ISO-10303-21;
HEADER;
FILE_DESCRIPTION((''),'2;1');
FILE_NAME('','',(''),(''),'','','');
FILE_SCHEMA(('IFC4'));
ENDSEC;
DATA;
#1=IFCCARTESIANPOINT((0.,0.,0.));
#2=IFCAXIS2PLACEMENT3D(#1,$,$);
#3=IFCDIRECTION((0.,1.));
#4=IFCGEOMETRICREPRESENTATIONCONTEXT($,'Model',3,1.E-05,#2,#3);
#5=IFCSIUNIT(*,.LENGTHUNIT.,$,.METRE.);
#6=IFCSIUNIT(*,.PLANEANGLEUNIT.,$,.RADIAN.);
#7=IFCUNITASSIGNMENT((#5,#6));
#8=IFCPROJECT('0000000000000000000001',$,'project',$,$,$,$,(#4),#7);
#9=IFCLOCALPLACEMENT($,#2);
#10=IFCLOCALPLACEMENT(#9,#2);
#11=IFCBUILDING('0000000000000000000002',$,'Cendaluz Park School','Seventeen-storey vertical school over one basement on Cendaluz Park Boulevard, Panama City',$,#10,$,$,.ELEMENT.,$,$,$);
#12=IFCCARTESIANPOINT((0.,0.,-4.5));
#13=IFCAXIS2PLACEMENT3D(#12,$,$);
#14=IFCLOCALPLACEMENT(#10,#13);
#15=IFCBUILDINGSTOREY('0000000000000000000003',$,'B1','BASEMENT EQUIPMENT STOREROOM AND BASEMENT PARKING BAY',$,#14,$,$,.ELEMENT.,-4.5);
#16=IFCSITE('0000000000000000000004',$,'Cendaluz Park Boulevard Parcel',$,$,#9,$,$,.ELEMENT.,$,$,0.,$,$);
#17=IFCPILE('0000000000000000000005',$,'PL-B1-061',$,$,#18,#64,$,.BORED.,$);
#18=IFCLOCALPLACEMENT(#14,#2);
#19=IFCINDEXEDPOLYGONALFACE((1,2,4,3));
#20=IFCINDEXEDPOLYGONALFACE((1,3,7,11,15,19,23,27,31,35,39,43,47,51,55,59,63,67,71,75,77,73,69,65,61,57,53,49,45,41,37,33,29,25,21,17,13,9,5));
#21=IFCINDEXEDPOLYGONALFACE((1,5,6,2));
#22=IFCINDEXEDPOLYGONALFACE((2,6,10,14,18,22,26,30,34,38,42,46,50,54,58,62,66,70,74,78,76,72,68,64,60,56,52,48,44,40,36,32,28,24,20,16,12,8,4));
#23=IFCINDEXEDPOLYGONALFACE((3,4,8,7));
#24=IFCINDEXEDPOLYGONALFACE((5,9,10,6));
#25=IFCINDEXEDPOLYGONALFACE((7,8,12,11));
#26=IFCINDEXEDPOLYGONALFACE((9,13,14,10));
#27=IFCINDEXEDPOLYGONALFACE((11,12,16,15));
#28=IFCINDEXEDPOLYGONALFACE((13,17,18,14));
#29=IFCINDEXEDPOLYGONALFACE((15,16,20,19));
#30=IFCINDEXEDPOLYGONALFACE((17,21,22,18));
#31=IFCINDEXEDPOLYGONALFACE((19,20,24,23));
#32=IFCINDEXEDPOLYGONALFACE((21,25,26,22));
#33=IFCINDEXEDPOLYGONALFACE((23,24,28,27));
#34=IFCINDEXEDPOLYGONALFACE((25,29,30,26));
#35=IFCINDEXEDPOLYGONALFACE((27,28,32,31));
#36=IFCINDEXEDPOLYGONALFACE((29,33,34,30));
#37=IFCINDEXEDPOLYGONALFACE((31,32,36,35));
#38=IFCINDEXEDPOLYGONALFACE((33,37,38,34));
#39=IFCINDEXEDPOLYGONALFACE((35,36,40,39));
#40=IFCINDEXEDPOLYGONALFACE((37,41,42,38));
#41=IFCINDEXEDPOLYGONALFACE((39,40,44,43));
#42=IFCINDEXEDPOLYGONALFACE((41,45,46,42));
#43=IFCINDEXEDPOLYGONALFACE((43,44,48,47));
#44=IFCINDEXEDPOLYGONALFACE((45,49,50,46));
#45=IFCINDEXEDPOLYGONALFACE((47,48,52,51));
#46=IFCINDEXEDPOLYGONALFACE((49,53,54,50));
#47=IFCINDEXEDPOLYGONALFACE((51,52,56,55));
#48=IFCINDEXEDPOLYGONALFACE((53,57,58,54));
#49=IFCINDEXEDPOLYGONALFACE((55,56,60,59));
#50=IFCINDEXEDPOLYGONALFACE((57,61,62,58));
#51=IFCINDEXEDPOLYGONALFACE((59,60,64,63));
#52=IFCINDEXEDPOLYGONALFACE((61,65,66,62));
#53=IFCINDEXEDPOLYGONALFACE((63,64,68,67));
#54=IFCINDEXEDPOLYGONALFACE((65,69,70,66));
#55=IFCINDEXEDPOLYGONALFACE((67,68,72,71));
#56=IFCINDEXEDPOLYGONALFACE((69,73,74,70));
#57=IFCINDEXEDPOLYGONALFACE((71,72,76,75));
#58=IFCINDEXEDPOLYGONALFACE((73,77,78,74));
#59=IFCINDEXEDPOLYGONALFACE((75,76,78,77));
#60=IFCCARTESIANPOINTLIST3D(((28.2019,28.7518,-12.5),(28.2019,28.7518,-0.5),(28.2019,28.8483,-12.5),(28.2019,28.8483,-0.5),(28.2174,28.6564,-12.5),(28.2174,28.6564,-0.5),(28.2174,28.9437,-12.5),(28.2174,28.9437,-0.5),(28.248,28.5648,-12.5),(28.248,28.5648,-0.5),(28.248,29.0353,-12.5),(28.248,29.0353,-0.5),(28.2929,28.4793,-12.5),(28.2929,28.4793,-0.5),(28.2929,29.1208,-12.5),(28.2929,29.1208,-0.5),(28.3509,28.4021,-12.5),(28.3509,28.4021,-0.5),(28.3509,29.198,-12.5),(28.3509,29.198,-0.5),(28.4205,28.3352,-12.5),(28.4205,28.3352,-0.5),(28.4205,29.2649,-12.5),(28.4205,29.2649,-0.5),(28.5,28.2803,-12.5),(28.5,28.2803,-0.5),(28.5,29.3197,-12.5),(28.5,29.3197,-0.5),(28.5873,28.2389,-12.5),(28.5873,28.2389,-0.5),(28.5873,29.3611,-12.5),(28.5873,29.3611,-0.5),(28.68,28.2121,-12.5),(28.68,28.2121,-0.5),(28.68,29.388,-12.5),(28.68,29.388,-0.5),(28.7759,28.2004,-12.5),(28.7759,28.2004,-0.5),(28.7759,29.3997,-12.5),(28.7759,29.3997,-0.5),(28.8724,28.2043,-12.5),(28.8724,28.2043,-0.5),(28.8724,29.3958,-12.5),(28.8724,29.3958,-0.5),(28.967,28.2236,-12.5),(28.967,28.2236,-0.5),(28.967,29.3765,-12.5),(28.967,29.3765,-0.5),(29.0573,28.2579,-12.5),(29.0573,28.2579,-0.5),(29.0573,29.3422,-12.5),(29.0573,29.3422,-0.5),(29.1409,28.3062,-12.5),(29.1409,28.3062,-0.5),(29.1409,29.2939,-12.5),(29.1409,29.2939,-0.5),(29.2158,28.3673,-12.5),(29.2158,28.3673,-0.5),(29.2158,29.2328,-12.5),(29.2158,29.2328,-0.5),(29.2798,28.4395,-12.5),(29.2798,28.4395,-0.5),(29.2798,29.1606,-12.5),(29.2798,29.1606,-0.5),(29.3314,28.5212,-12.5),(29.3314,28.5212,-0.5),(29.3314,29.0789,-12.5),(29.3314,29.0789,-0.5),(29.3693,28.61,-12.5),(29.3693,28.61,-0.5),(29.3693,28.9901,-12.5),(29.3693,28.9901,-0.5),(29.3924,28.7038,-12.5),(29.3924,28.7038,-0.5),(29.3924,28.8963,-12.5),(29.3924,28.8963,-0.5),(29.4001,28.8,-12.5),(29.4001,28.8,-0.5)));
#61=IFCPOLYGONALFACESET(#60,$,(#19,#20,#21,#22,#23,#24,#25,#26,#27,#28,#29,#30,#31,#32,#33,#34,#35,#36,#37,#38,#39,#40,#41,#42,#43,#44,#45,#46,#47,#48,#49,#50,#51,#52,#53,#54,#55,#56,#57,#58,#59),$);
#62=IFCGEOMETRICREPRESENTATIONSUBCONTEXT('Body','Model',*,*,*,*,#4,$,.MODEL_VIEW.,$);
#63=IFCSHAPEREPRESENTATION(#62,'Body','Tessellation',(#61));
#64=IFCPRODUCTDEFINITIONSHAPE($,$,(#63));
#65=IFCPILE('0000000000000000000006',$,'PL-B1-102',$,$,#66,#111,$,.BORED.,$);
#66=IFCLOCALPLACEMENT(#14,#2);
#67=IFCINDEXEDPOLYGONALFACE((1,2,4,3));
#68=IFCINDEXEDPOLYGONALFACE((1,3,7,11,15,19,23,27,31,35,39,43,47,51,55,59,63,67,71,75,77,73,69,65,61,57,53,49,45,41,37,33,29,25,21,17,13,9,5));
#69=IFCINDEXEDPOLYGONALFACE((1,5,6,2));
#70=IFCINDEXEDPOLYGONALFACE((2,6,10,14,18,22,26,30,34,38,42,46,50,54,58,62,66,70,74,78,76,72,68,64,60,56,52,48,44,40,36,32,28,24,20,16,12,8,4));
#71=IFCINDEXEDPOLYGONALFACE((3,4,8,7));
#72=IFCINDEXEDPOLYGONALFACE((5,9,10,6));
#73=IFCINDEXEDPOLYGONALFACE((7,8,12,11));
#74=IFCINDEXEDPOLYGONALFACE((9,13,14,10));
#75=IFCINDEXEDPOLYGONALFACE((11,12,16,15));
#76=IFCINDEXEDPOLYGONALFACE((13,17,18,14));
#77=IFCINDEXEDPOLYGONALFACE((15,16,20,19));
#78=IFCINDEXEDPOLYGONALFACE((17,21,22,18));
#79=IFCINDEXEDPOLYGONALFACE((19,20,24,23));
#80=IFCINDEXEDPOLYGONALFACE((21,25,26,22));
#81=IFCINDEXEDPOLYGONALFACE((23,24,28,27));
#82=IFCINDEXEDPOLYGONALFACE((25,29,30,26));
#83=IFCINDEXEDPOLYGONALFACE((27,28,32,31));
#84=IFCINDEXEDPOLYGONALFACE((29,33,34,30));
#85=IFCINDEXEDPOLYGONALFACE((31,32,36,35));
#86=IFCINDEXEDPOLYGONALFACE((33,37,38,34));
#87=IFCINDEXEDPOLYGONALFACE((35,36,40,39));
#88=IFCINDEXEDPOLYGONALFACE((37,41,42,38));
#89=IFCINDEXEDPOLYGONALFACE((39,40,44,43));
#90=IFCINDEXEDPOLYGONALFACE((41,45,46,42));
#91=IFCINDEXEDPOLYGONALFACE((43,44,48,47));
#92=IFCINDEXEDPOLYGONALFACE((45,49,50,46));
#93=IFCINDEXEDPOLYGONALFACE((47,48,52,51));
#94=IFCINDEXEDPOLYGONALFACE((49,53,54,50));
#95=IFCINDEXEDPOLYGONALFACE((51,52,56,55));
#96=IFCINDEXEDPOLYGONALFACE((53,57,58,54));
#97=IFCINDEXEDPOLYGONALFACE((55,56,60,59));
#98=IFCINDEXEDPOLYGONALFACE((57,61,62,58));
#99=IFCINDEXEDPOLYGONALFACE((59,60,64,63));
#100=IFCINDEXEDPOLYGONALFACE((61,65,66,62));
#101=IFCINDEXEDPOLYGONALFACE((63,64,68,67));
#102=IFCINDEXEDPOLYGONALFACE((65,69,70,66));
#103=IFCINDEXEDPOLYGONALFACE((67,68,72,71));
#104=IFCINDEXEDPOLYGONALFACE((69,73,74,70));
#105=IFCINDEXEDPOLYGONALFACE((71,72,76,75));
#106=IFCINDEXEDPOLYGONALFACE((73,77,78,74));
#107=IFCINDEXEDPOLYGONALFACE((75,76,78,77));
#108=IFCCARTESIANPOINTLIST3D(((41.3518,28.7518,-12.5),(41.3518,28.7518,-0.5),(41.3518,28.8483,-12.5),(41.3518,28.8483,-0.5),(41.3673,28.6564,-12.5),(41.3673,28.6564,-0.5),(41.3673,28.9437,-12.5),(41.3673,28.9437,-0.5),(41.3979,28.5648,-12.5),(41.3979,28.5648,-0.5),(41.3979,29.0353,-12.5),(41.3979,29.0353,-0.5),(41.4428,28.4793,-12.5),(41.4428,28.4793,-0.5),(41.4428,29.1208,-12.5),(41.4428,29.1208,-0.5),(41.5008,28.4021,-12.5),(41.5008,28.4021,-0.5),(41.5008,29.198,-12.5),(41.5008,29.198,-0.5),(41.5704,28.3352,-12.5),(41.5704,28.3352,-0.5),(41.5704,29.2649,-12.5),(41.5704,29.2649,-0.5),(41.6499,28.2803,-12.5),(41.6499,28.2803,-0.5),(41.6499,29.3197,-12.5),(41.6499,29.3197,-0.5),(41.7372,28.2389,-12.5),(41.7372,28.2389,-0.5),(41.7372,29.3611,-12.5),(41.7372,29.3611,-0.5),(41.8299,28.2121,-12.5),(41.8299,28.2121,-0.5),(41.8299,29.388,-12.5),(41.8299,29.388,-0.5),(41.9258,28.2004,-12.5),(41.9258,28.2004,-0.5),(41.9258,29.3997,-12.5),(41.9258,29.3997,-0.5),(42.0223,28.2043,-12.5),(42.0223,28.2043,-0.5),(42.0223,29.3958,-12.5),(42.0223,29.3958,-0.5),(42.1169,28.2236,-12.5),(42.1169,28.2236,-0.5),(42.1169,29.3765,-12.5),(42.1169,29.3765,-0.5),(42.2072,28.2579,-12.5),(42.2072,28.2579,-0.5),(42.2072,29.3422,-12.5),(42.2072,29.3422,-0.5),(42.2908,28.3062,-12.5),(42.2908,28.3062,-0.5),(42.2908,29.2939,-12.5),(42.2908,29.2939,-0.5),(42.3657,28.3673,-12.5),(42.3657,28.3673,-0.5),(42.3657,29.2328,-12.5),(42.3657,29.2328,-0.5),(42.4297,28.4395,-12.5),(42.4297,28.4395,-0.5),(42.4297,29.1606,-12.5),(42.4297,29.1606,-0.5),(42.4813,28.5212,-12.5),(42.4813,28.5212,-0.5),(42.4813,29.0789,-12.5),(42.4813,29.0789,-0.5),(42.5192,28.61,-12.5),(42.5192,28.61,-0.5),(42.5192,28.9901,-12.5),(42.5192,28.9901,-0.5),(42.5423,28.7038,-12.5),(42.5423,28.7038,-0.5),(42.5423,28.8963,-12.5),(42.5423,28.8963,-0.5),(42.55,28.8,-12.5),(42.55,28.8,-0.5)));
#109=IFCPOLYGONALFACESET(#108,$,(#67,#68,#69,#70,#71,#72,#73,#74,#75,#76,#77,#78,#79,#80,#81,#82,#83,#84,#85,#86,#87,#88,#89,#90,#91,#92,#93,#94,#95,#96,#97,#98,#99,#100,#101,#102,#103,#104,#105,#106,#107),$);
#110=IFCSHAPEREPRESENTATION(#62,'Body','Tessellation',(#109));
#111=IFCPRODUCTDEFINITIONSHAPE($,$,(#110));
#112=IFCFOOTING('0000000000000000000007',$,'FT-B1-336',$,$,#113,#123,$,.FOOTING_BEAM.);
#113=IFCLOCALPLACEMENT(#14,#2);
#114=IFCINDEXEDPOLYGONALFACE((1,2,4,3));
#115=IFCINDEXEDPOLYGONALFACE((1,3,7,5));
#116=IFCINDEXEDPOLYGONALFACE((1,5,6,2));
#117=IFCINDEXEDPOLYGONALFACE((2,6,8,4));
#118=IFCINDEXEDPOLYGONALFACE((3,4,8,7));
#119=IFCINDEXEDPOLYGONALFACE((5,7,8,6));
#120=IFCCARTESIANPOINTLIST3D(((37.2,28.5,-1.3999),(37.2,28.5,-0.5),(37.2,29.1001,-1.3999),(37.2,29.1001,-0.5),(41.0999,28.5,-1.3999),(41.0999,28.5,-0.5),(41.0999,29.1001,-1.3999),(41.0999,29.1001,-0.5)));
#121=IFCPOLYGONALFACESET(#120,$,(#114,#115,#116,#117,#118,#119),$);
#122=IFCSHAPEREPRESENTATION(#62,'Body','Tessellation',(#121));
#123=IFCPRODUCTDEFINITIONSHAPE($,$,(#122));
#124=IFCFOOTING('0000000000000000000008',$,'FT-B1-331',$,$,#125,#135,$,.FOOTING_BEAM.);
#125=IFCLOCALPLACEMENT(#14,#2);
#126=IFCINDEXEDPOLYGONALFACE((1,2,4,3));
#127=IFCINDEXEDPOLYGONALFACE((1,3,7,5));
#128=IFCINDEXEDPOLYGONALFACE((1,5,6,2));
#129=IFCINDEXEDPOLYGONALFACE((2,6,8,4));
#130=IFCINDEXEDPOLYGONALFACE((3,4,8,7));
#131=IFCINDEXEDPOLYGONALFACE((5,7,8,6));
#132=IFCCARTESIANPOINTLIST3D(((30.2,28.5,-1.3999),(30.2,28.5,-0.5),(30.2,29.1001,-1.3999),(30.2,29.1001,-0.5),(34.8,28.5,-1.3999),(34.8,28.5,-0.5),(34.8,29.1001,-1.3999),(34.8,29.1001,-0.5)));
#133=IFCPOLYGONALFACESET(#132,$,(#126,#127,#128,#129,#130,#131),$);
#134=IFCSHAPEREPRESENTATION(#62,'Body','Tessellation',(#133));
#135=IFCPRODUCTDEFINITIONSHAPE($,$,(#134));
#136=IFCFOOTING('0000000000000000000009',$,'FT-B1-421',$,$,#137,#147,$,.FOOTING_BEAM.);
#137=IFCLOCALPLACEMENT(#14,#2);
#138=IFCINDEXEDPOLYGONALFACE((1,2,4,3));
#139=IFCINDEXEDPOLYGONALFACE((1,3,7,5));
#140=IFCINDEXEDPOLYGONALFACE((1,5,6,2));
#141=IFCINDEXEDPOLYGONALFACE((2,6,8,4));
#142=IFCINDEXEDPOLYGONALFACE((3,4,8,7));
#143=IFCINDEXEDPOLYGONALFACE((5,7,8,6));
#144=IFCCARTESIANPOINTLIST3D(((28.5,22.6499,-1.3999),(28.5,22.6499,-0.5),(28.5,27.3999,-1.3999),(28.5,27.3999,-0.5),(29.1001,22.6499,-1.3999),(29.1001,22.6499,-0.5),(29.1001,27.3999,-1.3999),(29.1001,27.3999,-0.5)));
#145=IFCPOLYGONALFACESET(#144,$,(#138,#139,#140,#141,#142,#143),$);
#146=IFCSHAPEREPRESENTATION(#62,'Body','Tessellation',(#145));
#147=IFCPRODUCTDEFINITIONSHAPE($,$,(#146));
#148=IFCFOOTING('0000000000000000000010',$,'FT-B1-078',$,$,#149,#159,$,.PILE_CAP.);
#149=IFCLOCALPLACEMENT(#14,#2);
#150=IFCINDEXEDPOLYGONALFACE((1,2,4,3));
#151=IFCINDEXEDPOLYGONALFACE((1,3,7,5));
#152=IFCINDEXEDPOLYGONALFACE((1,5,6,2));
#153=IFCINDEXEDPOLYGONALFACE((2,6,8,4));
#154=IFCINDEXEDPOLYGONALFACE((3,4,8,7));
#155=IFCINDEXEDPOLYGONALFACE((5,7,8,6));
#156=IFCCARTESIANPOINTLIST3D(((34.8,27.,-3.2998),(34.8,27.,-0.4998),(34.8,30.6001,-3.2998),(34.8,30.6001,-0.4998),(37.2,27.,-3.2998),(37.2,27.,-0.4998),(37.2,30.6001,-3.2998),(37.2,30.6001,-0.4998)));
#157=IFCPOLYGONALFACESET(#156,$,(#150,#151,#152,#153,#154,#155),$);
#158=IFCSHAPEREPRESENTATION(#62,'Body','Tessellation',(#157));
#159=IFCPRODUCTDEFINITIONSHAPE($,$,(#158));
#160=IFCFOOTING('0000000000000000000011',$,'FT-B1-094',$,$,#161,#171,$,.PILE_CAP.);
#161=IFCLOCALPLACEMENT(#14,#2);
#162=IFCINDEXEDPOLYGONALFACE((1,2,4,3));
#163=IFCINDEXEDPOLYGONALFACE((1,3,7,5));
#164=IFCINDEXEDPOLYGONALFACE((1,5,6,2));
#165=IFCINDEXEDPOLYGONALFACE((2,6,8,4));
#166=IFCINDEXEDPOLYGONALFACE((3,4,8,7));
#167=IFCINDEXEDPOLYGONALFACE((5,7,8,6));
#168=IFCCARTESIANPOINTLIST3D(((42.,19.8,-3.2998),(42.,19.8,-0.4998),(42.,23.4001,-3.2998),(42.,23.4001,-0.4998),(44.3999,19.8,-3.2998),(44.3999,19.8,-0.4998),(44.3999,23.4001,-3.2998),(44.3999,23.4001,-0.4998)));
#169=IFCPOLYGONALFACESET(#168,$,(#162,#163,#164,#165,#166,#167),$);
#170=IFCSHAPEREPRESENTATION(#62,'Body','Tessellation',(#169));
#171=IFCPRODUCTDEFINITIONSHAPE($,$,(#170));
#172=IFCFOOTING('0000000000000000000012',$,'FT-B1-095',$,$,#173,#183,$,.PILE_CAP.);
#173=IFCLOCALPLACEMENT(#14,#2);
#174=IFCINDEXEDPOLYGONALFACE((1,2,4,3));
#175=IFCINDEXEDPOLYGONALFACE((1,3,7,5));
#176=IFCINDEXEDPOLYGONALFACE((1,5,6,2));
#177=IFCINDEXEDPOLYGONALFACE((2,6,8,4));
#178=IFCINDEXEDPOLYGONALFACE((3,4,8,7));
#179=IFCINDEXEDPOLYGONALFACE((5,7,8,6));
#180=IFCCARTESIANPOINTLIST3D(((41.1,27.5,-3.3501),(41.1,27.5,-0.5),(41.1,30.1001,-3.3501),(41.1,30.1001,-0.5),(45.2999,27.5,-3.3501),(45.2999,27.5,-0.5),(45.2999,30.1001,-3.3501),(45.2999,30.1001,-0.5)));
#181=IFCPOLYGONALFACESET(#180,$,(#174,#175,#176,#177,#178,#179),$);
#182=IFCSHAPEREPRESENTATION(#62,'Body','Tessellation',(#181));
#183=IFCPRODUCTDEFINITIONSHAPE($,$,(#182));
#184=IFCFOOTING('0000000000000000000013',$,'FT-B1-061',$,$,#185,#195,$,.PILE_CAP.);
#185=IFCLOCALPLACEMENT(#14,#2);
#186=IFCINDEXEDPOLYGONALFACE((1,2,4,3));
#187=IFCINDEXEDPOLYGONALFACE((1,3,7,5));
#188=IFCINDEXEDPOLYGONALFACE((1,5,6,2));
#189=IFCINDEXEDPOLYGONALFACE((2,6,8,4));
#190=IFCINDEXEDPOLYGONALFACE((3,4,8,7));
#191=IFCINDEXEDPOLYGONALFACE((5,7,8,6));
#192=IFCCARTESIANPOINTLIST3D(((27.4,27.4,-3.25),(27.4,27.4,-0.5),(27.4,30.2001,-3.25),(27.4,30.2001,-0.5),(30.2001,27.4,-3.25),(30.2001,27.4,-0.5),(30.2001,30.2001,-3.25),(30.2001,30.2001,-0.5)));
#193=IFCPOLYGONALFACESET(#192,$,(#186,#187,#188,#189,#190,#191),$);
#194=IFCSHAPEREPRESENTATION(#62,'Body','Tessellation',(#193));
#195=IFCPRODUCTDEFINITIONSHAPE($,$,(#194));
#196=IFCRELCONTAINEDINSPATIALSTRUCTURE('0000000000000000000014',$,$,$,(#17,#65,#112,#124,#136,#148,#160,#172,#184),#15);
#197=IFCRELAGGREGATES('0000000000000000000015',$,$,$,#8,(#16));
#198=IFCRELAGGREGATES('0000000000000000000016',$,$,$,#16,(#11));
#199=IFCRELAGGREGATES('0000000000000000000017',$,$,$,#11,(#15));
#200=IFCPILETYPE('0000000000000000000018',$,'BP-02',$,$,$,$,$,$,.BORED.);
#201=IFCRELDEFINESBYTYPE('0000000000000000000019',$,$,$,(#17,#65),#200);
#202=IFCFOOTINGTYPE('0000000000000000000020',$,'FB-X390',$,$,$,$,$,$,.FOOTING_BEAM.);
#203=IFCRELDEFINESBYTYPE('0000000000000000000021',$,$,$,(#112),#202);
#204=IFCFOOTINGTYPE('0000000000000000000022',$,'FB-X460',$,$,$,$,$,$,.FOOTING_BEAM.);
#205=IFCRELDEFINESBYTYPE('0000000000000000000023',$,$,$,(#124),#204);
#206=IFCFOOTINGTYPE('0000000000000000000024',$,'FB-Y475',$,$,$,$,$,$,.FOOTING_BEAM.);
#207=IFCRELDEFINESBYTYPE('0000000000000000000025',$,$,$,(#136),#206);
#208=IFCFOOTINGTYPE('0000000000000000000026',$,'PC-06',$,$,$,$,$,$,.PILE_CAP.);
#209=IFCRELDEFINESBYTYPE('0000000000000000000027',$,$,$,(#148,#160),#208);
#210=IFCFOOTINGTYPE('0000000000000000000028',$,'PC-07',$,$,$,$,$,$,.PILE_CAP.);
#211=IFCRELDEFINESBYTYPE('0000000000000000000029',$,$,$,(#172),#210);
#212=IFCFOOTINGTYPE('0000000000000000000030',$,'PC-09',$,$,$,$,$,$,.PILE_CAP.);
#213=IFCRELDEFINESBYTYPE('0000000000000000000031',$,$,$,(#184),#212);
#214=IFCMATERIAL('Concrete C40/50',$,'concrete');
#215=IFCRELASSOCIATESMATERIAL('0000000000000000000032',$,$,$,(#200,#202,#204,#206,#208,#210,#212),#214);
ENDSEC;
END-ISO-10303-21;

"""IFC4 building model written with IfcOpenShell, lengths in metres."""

from ifc_helpers import new_model, si_unit, direction, frame, origin, origin_2d, place, context, subcontext, project, spatial, rectangle, circle, extrude, material, material_profile, profile_set, type_object, element, save


model = new_model("IFC4")

# Units and contexts
model_context = context("Model", 3, precision=1e-05, world=origin(), true_north=direction((0.0, 1.0)))
body_context = subcontext(model_context, "Body", "Model", "MODEL_VIEW")
ifc_project = project(units=[si_unit("LENGTHUNIT", "METRE"), si_unit("PLANEANGLEUNIT", "RADIAN")], contexts=[model_context])

# Site, building, storey
site_placement = place(None, origin())
site = spatial("IfcSite", under=ifc_project, at=site_placement, Name="Cendaluz Park Boulevard Parcel", CompositionType="ELEMENT", RefElevation=0.0)
building_placement = place(site_placement, origin())
building = spatial("IfcBuilding", under=site, at=building_placement, Name="Cendaluz Park School", Description="Seventeen-storey vertical school over one basement on Cendaluz Park Boulevard, Panama City", CompositionType="ELEMENT")
storey_placement = place(building_placement, frame((0.0, 0.0, -4.5)))
storey = spatial("IfcBuildingStorey", under=building, at=storey_placement, Name="B1", Description="BASEMENT EQUIPMENT STOREROOM AND BASEMENT PARKING BAY", CompositionType="ELEMENT", Elevation=-4.5)

# Piles
ifc_material_1 = material(Name="Concrete C40/50", Category="concrete")
ifc_material_profile_1 = material_profile(ifc_material_1, circle(Radius=0.6001, at=origin_2d()), Name="BP D1200", Category="concrete")
ifc_profile_set_1 = profile_set([ifc_material_profile_1], Name="Concrete C40/50")
pile_type_1 = type_object("IfcPileType", Name="BP-02", PredefinedType="BORED", material=ifc_profile_set_1)
for number, where, z_axis, x_axis, name in (
    (1, (28.8, 28.8, -0.5), (0.0, 0.0, -1.0), (1.0, 0.0, 0.0), "PL-B1-061"),
    (2, (41.95, 28.8, -0.5), (0.0, 0.0, -1.0), (1.0, 0.0, 0.0), "PL-B1-102"),
):
    element("IfcPile", number, at=place(storey_placement, frame(where, z_axis=z_axis, x_axis=x_axis)), inside=storey, type_object=pile_type_1, Name=name, PredefinedType="BORED", context=body_context, shape_type="SweptSolid", body=[
        extrude(circle(Radius=0.6001, at=origin_2d()), origin(), (0.0, 0.0, 1.0), 12.0),
    ])

# Footings
footing_type_1 = type_object("IfcFootingType", Name="FB-X390", PredefinedType="FOOTING_BEAM", material=ifc_material_1)
footing_1_placement = place(storey_placement, frame((39.1499, 28.8, -1.3999), z_axis=(0.0, 0.0, 1.0), x_axis=(1.0, 0.0, 0.0)))
element("IfcFooting", 3, at=footing_1_placement, inside=storey, type_object=footing_type_1, Name="FT-B1-336", PredefinedType="FOOTING_BEAM", context=body_context, shape_type="SweptSolid", body=[
    extrude(rectangle(XDim=3.8999, YDim=0.6001, at=origin_2d()), origin(), (0.0, 0.0, 1.0), 0.8999),
])
footing_type_2 = type_object("IfcFootingType", Name="FB-X460", PredefinedType="FOOTING_BEAM", material=ifc_material_1)
footing_2_placement = place(storey_placement, frame((32.5, 28.8, -1.3999), z_axis=(0.0, 0.0, 1.0), x_axis=(1.0, 0.0, 0.0)))
element("IfcFooting", 4, at=footing_2_placement, inside=storey, type_object=footing_type_2, Name="FT-B1-331", PredefinedType="FOOTING_BEAM", context=body_context, shape_type="SweptSolid", body=[
    extrude(rectangle(XDim=4.6001, YDim=0.6001, at=origin_2d()), origin(), (0.0, 0.0, 1.0), 0.8999),
])
footing_type_3 = type_object("IfcFootingType", Name="FB-Y475", PredefinedType="FOOTING_BEAM", material=ifc_material_1)
footing_3_placement = place(storey_placement, frame((28.8, 25.0249, -1.3999), z_axis=(0.0, 0.0, 1.0), x_axis=(1.0, 0.0, 0.0)))
element("IfcFooting", 5, at=footing_3_placement, inside=storey, type_object=footing_type_3, Name="FT-B1-421", PredefinedType="FOOTING_BEAM", context=body_context, shape_type="SweptSolid", body=[
    extrude(rectangle(XDim=0.6001, YDim=4.75, at=origin_2d()), origin(), (0.0, 0.0, 1.0), 0.8999),
])
footing_type_4 = type_object("IfcFootingType", Name="PC-06", PredefinedType="PILE_CAP", material=ifc_material_1)
for number, where, z_axis, x_axis, name in (
    (6, (36.0, 28.8, -3.2998), (0.0, 0.0, 1.0), (1.0, 0.0, 0.0), "FT-B1-078"),
    (7, (43.2, 21.6001, -3.2998), (0.0, 0.0, 1.0), (1.0, 0.0, 0.0), "FT-B1-094"),
):
    element("IfcFooting", number, at=place(storey_placement, frame(where, z_axis=z_axis, x_axis=x_axis)), inside=storey, type_object=footing_type_4, Name=name, PredefinedType="PILE_CAP", context=body_context, shape_type="SweptSolid", body=[
        extrude(rectangle(XDim=2.3999, YDim=3.6001, at=origin_2d()), origin(), (0.0, 0.0, 1.0), 2.8),
    ])
footing_type_5 = type_object("IfcFootingType", Name="PC-07", PredefinedType="PILE_CAP", material=ifc_material_1)
footing_4_placement = place(storey_placement, frame((43.2, 28.8, -3.3501), z_axis=(0.0, 0.0, 1.0), x_axis=(1.0, 0.0, 0.0)))
element("IfcFooting", 8, at=footing_4_placement, inside=storey, type_object=footing_type_5, Name="FT-B1-095", PredefinedType="PILE_CAP", context=body_context, shape_type="SweptSolid", body=[
    extrude(rectangle(XDim=4.2, YDim=2.6001, at=origin_2d()), origin(), (0.0, 0.0, 1.0), 2.8501),
])
footing_type_6 = type_object("IfcFootingType", Name="PC-09", PredefinedType="PILE_CAP", material=ifc_material_1)
footing_5_placement = place(storey_placement, frame((28.8, 28.8, -3.25), z_axis=(0.0, 0.0, 1.0), x_axis=(1.0, 0.0, 0.0)))
element("IfcFooting", 9, at=footing_5_placement, inside=storey, type_object=footing_type_6, Name="FT-B1-061", PredefinedType="PILE_CAP", context=body_context, shape_type="SweptSolid", body=[
    extrude(rectangle(XDim=2.8, YDim=2.8, at=origin_2d()), origin(), (0.0, 0.0, 1.0), 2.75),
])

save(model, "model.ifc")
